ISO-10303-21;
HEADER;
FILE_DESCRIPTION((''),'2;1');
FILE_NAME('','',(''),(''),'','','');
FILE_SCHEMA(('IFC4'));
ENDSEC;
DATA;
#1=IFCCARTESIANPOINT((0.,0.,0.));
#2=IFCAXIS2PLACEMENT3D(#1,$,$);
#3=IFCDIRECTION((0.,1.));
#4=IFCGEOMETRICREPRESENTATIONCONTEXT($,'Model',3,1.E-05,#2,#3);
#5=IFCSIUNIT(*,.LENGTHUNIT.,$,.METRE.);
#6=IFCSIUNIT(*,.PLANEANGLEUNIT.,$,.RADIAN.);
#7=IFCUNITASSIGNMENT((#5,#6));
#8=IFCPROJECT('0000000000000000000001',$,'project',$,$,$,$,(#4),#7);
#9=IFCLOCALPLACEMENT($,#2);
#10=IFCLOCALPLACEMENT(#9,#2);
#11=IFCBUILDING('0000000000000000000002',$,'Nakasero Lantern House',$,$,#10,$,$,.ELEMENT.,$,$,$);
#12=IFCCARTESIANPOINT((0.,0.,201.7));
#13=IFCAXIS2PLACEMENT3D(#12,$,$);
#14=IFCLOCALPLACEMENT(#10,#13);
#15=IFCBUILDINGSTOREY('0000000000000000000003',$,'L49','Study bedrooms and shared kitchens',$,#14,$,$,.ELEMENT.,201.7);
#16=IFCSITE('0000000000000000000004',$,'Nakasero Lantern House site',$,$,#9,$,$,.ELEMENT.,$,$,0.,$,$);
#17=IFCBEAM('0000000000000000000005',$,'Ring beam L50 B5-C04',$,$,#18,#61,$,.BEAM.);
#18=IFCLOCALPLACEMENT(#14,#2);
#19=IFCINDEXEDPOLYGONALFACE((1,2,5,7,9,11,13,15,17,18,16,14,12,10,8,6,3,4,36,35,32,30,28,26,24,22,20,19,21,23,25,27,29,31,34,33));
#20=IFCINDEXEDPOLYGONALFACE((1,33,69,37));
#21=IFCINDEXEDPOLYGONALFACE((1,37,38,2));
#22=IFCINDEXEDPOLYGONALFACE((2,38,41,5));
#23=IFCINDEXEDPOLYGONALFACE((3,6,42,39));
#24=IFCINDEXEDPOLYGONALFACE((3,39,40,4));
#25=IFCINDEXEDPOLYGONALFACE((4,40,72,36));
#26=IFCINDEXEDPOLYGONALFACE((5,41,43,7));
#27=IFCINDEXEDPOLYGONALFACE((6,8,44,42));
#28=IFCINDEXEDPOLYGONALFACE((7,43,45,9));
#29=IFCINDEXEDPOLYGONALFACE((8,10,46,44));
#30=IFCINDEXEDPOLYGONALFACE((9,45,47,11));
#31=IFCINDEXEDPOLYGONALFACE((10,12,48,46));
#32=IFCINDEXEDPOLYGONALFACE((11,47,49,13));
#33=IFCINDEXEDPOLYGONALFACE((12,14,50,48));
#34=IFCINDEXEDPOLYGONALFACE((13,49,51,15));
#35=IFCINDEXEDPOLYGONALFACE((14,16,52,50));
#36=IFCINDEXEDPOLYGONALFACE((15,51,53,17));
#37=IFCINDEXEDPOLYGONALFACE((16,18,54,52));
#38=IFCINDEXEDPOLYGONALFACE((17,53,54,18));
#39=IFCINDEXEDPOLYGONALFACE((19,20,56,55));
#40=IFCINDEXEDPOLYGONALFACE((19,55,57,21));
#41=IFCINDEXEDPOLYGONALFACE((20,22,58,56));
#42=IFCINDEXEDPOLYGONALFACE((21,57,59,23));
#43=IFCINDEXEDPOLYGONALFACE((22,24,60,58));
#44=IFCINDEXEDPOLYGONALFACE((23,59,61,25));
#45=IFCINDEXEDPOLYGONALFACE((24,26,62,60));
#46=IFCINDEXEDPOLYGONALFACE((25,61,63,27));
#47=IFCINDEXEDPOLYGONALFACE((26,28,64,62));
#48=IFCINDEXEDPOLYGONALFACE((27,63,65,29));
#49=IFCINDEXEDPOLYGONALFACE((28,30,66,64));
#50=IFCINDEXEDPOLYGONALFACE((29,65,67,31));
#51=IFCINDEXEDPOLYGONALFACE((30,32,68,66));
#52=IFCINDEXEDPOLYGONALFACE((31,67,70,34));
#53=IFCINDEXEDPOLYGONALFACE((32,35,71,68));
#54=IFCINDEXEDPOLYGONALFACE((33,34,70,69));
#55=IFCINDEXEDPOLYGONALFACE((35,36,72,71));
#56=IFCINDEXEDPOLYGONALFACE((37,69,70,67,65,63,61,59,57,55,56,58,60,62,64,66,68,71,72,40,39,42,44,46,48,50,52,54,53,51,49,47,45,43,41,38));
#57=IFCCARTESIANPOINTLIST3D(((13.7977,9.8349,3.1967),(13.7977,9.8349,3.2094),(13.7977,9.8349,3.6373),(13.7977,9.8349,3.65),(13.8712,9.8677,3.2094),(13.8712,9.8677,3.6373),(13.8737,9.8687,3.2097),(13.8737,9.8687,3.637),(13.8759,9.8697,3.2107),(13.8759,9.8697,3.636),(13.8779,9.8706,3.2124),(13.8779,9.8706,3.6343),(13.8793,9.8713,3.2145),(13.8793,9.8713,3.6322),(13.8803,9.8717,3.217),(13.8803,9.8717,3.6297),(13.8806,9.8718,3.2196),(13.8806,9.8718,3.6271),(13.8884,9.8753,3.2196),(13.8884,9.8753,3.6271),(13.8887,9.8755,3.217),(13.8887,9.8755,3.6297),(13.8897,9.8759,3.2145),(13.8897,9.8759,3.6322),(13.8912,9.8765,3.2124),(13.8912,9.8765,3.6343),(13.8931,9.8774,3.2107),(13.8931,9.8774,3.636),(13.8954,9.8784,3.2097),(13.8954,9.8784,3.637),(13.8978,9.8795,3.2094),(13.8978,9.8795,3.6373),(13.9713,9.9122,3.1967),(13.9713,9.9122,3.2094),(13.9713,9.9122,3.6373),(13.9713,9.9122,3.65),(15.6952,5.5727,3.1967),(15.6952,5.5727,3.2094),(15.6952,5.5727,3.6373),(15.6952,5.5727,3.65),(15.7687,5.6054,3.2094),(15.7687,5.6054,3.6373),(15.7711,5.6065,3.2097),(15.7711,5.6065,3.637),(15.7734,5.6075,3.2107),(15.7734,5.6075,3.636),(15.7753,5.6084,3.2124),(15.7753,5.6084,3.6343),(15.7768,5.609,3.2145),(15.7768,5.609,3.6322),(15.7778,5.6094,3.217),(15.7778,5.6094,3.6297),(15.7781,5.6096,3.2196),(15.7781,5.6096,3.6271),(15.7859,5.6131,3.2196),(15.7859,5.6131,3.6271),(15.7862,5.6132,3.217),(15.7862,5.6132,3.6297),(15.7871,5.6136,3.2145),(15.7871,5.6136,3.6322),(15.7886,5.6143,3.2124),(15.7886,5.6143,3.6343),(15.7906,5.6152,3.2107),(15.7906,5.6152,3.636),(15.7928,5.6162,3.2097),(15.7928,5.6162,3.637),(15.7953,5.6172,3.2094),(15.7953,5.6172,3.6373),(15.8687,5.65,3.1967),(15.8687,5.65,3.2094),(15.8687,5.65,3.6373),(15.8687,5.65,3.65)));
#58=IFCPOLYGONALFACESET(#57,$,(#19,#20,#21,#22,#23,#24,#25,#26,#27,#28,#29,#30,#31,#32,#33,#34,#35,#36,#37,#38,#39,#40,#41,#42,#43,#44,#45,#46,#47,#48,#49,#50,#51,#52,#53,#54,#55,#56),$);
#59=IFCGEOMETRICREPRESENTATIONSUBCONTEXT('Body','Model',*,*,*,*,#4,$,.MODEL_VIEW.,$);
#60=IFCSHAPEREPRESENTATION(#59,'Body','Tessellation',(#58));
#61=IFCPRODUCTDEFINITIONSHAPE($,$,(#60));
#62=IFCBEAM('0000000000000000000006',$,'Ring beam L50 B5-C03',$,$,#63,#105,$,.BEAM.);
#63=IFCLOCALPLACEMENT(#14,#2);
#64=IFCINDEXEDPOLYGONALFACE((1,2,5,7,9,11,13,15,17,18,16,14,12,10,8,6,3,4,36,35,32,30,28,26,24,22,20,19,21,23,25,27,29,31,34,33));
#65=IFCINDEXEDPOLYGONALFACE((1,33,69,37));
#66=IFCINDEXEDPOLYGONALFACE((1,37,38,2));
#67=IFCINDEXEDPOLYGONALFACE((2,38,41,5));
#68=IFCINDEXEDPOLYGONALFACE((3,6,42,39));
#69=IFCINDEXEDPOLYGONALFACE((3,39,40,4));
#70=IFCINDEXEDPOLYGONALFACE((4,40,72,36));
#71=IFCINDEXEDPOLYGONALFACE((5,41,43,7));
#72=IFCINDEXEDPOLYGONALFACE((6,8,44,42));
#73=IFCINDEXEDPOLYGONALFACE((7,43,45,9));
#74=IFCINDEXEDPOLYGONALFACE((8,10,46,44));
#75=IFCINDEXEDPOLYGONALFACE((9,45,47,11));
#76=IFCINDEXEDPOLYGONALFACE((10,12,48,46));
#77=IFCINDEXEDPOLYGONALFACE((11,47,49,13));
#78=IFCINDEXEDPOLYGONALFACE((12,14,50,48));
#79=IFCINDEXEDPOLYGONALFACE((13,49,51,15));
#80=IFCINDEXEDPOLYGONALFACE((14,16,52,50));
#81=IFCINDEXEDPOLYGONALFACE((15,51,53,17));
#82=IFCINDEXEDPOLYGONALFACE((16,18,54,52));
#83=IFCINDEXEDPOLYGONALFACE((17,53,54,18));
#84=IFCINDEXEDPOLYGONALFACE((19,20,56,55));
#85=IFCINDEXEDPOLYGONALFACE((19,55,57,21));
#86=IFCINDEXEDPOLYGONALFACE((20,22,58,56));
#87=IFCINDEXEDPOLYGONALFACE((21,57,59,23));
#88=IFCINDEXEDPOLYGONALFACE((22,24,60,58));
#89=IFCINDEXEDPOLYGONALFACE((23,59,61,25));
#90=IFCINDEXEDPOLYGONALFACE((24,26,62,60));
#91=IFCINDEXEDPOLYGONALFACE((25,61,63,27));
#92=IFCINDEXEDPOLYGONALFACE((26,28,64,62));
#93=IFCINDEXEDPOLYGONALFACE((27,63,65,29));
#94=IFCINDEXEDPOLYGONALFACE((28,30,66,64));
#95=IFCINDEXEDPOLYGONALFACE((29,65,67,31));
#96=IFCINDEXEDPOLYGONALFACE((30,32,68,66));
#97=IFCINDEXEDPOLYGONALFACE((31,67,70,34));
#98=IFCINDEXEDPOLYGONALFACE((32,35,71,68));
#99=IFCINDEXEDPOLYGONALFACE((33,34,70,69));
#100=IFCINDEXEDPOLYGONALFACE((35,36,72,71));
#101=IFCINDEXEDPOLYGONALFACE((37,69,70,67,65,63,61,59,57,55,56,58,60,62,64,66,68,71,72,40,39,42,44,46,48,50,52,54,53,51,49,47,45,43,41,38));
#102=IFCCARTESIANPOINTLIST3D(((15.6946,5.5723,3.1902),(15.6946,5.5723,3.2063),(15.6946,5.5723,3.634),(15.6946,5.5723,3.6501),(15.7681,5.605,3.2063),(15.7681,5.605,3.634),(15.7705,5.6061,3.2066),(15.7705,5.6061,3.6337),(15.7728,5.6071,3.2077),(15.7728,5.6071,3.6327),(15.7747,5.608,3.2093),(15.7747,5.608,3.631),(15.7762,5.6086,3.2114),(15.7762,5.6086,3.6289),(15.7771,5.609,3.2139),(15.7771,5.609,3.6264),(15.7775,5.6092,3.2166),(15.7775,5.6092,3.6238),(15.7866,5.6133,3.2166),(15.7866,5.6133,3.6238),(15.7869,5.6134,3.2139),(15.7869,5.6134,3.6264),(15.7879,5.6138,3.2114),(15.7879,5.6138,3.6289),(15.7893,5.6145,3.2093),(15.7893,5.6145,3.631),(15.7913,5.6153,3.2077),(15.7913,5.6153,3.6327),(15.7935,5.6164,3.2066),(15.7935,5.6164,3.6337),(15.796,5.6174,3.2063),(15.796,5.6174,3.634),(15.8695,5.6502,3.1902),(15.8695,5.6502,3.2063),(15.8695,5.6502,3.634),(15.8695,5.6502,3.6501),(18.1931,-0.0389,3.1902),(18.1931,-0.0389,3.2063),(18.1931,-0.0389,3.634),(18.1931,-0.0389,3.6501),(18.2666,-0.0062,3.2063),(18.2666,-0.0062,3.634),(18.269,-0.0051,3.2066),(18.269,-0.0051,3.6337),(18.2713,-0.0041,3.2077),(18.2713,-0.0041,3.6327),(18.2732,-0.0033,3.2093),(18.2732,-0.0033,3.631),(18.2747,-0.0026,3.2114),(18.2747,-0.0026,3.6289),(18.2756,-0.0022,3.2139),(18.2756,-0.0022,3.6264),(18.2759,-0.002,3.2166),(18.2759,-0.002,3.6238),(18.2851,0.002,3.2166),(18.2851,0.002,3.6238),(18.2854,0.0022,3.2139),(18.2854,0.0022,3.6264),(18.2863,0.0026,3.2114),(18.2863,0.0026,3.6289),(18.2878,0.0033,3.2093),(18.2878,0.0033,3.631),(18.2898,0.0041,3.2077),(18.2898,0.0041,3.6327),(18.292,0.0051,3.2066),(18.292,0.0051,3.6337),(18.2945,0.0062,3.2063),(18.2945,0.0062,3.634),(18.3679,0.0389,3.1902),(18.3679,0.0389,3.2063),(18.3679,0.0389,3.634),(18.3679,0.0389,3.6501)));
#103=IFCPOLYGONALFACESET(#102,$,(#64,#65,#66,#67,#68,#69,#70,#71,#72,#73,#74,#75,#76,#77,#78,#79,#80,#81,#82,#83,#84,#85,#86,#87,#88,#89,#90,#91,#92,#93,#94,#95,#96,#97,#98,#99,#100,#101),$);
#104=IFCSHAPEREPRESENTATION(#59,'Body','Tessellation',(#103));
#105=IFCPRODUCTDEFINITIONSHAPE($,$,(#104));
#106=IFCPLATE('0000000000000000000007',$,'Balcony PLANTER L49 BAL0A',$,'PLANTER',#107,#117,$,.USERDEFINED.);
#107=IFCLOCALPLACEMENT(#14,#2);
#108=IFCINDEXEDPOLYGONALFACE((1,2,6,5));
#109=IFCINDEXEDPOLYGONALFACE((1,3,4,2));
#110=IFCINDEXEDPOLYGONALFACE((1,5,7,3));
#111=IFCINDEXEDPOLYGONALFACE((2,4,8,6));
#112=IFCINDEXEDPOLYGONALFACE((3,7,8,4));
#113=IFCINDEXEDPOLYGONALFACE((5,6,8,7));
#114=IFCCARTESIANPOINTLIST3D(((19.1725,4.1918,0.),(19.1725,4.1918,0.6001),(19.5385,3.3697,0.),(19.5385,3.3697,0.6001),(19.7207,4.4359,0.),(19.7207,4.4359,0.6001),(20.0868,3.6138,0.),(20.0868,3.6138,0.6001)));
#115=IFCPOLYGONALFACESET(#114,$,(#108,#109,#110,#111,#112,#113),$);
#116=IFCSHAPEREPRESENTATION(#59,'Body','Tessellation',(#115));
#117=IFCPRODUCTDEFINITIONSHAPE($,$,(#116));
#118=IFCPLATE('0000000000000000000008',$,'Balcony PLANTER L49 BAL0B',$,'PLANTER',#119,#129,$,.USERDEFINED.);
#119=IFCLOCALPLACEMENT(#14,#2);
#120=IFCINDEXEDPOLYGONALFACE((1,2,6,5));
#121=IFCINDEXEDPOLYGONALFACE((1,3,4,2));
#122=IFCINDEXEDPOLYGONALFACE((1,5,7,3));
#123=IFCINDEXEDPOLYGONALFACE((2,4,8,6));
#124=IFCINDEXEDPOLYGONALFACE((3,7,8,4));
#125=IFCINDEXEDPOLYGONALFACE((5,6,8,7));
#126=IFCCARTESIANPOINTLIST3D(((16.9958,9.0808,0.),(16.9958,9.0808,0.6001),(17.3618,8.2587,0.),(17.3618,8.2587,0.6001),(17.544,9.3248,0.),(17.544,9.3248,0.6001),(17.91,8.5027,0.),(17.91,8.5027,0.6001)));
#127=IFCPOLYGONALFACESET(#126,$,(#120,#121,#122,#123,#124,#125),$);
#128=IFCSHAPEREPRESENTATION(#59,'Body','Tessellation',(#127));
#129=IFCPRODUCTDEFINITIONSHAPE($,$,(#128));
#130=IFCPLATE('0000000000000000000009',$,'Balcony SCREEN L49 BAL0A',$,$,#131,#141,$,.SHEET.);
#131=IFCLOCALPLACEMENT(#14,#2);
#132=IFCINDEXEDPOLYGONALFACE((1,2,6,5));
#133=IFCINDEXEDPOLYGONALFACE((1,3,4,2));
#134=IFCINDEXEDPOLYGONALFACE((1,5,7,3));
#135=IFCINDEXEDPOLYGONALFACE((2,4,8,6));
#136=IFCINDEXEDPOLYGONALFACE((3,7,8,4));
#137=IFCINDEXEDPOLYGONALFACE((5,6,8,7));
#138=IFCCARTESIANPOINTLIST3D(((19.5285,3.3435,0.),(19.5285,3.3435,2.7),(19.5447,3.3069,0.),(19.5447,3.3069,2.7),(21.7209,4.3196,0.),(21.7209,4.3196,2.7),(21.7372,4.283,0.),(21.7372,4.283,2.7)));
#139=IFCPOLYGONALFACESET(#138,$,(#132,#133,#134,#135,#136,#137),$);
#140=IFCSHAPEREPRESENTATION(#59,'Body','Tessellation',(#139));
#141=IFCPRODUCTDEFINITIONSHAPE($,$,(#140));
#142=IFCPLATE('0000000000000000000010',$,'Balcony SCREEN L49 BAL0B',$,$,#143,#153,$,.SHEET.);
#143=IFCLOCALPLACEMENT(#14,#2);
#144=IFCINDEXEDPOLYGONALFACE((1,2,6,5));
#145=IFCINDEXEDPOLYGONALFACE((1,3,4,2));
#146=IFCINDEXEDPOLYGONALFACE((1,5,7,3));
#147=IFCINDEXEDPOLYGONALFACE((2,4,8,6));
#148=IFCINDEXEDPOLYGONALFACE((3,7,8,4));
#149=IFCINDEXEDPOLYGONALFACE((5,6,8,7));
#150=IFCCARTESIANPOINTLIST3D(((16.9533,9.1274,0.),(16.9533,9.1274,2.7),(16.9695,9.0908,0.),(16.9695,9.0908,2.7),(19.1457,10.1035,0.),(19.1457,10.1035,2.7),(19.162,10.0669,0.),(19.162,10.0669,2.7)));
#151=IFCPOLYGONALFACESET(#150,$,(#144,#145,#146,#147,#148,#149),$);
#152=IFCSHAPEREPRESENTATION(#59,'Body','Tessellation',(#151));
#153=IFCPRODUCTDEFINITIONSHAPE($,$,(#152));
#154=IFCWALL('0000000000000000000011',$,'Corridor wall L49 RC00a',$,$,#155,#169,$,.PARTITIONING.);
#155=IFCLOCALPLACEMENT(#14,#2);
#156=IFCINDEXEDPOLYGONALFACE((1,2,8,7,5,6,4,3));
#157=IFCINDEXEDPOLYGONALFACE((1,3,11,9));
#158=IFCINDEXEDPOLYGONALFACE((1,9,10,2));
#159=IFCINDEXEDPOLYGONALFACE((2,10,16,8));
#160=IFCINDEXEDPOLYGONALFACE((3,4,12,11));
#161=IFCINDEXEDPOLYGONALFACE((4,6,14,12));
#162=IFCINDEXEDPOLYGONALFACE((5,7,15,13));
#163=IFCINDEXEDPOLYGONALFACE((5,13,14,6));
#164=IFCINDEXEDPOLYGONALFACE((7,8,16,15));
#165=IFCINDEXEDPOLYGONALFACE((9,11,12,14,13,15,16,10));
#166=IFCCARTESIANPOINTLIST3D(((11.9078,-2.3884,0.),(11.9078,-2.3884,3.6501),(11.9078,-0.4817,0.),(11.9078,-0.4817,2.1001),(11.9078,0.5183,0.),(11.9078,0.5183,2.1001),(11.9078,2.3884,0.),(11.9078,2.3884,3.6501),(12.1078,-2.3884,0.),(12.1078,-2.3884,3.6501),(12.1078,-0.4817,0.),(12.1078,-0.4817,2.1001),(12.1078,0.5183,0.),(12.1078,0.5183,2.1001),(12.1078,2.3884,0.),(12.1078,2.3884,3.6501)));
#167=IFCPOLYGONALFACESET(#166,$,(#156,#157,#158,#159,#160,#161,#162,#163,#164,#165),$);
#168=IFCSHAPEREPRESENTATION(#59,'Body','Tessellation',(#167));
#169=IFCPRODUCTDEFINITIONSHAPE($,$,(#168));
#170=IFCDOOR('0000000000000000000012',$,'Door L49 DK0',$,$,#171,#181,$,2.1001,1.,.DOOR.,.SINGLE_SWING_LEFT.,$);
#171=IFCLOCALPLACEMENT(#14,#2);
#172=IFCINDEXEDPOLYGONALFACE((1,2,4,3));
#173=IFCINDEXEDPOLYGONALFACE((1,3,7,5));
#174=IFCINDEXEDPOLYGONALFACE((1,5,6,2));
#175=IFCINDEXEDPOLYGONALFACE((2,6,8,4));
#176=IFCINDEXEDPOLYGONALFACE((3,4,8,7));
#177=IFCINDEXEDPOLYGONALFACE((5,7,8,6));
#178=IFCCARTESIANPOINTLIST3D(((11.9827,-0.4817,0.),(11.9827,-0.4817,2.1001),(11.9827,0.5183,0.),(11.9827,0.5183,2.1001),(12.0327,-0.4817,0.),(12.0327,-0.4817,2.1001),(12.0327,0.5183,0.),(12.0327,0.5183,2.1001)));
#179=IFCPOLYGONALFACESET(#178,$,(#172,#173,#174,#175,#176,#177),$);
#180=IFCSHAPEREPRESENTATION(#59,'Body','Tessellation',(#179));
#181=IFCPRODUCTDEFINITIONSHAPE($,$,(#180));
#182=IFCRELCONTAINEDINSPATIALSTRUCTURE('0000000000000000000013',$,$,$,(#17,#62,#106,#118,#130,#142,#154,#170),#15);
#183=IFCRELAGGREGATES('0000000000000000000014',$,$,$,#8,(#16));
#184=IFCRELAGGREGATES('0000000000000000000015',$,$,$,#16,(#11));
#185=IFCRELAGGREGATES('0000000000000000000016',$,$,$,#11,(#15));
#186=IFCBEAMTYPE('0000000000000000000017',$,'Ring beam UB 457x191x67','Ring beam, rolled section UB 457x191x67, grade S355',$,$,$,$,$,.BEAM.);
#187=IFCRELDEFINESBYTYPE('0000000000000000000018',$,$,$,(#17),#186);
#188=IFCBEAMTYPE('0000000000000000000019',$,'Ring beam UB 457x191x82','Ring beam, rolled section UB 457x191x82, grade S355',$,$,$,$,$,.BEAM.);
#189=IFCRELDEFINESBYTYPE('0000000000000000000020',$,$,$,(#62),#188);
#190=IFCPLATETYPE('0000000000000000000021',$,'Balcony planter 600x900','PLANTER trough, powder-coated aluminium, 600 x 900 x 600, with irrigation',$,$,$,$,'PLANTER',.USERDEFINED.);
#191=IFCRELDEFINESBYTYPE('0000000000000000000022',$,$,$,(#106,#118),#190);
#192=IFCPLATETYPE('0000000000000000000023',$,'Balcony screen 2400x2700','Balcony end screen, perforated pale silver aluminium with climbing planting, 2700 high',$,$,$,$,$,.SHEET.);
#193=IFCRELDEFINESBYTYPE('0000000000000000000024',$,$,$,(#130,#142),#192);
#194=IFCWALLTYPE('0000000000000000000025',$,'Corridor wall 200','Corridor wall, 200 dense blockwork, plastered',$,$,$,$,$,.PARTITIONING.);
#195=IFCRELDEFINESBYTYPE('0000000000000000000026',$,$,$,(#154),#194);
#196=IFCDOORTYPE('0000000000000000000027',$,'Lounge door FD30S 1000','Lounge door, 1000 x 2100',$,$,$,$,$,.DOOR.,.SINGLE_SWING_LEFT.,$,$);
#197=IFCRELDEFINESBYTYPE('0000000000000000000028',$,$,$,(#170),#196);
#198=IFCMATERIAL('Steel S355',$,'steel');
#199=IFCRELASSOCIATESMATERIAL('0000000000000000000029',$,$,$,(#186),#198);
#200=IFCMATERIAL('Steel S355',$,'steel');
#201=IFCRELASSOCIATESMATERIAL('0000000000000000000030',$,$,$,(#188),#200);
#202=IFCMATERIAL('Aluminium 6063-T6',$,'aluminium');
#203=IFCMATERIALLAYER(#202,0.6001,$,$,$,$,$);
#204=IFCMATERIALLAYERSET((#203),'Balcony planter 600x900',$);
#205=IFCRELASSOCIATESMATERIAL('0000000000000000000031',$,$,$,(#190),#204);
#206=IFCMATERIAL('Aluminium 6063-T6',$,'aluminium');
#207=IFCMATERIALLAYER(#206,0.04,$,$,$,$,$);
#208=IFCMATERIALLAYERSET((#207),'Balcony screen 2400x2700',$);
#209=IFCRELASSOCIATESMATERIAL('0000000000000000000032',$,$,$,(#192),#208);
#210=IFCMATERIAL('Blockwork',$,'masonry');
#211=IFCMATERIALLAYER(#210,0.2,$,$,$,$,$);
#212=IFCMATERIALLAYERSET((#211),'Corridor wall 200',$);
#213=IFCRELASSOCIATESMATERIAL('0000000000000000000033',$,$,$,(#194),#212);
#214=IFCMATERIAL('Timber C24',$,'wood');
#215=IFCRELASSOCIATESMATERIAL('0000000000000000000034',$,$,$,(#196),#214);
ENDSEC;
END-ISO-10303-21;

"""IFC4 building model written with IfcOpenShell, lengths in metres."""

from ifc_helpers import new_model, si_unit, direction, frame, frame_2d, origin, origin_2d, place, context, subcontext, project, spatial, rectangle, i_section, extrude, material, layer, layer_set, material_profile, profile_set, type_object, element, fill, save


model = new_model("IFC4")

# Units and contexts
model_context = context("Model", 3, precision=1e-05, world=origin(), true_north=direction((0.0, 1.0)))
body_context = subcontext(model_context, "Body", "Model", "MODEL_VIEW")
ifc_project = project(units=[si_unit("LENGTHUNIT", "METRE"), si_unit("PLANEANGLEUNIT", "RADIAN")], contexts=[model_context])

# Site, building, storey
site_placement = place(None, origin())
site = spatial("IfcSite", under=ifc_project, at=site_placement, Name="Nakasero Lantern House site", CompositionType="ELEMENT", RefElevation=0.0)
building_placement = place(site_placement, origin())
building = spatial("IfcBuilding", under=site, at=building_placement, Name="Nakasero Lantern House", CompositionType="ELEMENT")
storey_placement = place(building_placement, frame((0.0, 0.0, 201.7)))
storey = spatial("IfcBuildingStorey", under=building, at=storey_placement, Name="L49", Description="Study bedrooms and shared kitchens", CompositionType="ELEMENT", Elevation=201.7)

# Beams
ifc_material_1 = material(Name="Steel S355", Category="steel")
ifc_material_profile_1 = material_profile(ifc_material_1, i_section(OverallWidth=0.1899, OverallDepth=0.4534, WebThickness=0.0085, FlangeThickness=0.0127, FilletRadius=0.0103, at=origin_2d()), Name="UB 457x191x67")
ifc_profile_set_1 = profile_set([ifc_material_profile_1], Name="Steel S355")
beam_type_1 = type_object("IfcBeamType", Name="Ring beam UB 457x191x67", Description="Ring beam, rolled section UB 457x191x67, grade S355", PredefinedType="BEAM", material=ifc_profile_set_1)
beam_1_placement = place(storey_placement, frame((15.782, 5.6113, 3.4233), z_axis=(-0.406702, 0.913561, 0.0), x_axis=(-0.913561, -0.406702, 0.0)))
element("IfcBeam", 1, at=beam_1_placement, inside=storey, type_object=beam_type_1, Name="Ring beam L50 B5-C04", PredefinedType="BEAM", context=body_context, shape_type="SweptSolid", body=[
    extrude(i_section(OverallWidth=0.1899, OverallDepth=0.4534, WebThickness=0.0085, FlangeThickness=0.0127, FilletRadius=0.0103, at=origin_2d()), origin(), (0.0, 0.0, 1.0), 4.6655),
])
ifc_material_2 = material(Name="Steel S355", Category="steel")
ifc_material_profile_2 = material_profile(ifc_material_2, i_section(OverallWidth=0.1914, OverallDepth=0.46, WebThickness=0.01, FlangeThickness=0.0161, FilletRadius=0.0103, at=origin_2d()), Name="UB 457x191x82")
ifc_profile_set_2 = profile_set([ifc_material_profile_2], Name="Steel S355")
beam_type_2 = type_object("IfcBeamType", Name="Ring beam UB 457x191x82", Description="Ring beam, rolled section UB 457x191x82, grade S355", PredefinedType="BEAM", material=ifc_profile_set_2)
beam_2_placement = place(storey_placement, frame((18.2805, 0.0, 3.4202), z_axis=(-0.406765, 0.913533, 0.0), x_axis=(-0.913533, -0.406765, 0.0)))
element("IfcBeam", 2, at=beam_2_placement, inside=storey, type_object=beam_type_2, Name="Ring beam L50 B5-C03", PredefinedType="BEAM", context=body_context, shape_type="SweptSolid", body=[
    extrude(i_section(OverallWidth=0.1914, OverallDepth=0.46, WebThickness=0.01, FlangeThickness=0.0161, FilletRadius=0.0103, at=origin_2d()), origin(), (0.0, 0.0, 1.0), 6.1423),
])

# Plates
ifc_material_3 = material(Name="Aluminium 6063-T6", Category="aluminium")
ifc_layer_1 = layer(ifc_material_3, 0.6001)
ifc_layer_set_1 = layer_set([ifc_layer_1], Name="Balcony planter 600x900")
plate_type_1 = type_object("IfcPlateType", Name="Balcony planter 600x900", Description="PLANTER trough, powder-coated aluminium, 600 x 900 x 600, with irrigation", ElementType="PLANTER", PredefinedType="USERDEFINED", material=ifc_layer_set_1)
for number, where, z_axis, x_axis, name in (
    (3, (19.6296, 3.9028, 0.0), (0.0, 0.0, 1.0), (0.913545, 0.406737, 0.0), "Balcony PLANTER L49 BAL0A"),
    (4, (17.4529, 8.7917, 0.0), (0.0, 0.0, 1.0), (0.913545, 0.406737, 0.0), "Balcony PLANTER L49 BAL0B"),
):
    element("IfcPlate", number, at=place(storey_placement, frame(where, z_axis=z_axis, x_axis=x_axis)), inside=storey, type_object=plate_type_1, Name=name, ObjectType="PLANTER", PredefinedType="USERDEFINED", context=body_context, shape_type="SweptSolid", body=[
        extrude(rectangle(XDim=0.6001, YDim=0.8999, at=origin_2d()), origin(), (0.0, 0.0, 1.0), 0.6001),
    ])
ifc_material_4 = material(Name="Aluminium 6063-T6", Category="aluminium")
ifc_layer_2 = layer(ifc_material_4, 0.04)
ifc_layer_set_2 = layer_set([ifc_layer_2], Name="Balcony screen 2400x2700")
plate_type_2 = type_object("IfcPlateType", Name="Balcony screen 2400x2700", Description="Balcony end screen, perforated pale silver aluminium with climbing planting, 2700 high", PredefinedType="SHEET", material=ifc_layer_set_2)
for number, where, z_axis, x_axis, name in (
    (5, (20.6328, 3.8132, 0.0), (0.0, 0.0, 1.0), (0.913545, 0.406737, 0.0), "Balcony SCREEN L49 BAL0A"),
    (6, (18.0576, 9.5972, 0.0), (0.0, 0.0, 1.0), (0.913545, 0.406737, 0.0), "Balcony SCREEN L49 BAL0B"),
):
    element("IfcPlate", number, at=place(storey_placement, frame(where, z_axis=z_axis, x_axis=x_axis)), inside=storey, type_object=plate_type_2, Name=name, PredefinedType="SHEET", context=body_context, shape_type="SweptSolid", body=[
        extrude(rectangle(XDim=2.3999, YDim=0.04, at=origin_2d()), origin(), (0.0, 0.0, 1.0), 2.7),
    ])

# Wall, opening, door
ifc_material_5 = material(Name="Blockwork", Category="masonry")
ifc_layer_3 = layer(ifc_material_5, 0.2)
ifc_layer_set_3 = layer_set([ifc_layer_3], Name="Corridor wall 200")
wall_type_1 = type_object("IfcWallType", Name="Corridor wall 200", Description="Corridor wall, 200 dense blockwork, plastered", PredefinedType="PARTITIONING", material=ifc_layer_set_3)
wall_1_placement = place(storey_placement, frame((12.0078, 2.3884, 0.0), z_axis=(0.0, 0.0, 1.0), x_axis=(0.0, -1.0, 0.0)))
wall_1 = element("IfcWall", 7, at=wall_1_placement, inside=storey, type_object=wall_type_1, Name="Corridor wall L49 RC00a", PredefinedType="PARTITIONING", context=body_context, shape_type="SweptSolid", body=[
    extrude(rectangle(XDim=4.7769, YDim=0.2, at=frame_2d((2.3884, 0.0))), origin(), (0.0, 0.0, 1.0), 3.6501),
])
opening_1_placement = place(wall_1_placement, frame((1.8701, 0.0, 0.0)))
opening_1 = element("IfcOpeningElement", 8, at=opening_1_placement, cuts=wall_1, PredefinedType="OPENING", context=body_context, shape_type="SweptSolid", body=[
    extrude(rectangle(XDim=1.0, YDim=2.1001, at=frame_2d((0.5, 1.05))), frame((0.0, 0.1199, 0.0), z_axis=(0.0, -1.0, 0.0), x_axis=(1.0, 0.0, 0.0)), (0.0, 0.0, 1.0), 0.24),
])
ifc_material_6 = material(Name="Timber C24", Category="wood")
door_type_1 = type_object("IfcDoorType", Name="Lounge door FD30S 1000", Description="Lounge door, 1000 x 2100", OperationType="SINGLE_SWING_LEFT", PredefinedType="DOOR", material=ifc_material_6)
door_1_placement = place(opening_1_placement, origin())
door_1 = element("IfcDoor", 9, at=door_1_placement, inside=storey, type_object=door_type_1, Name="Door L49 DK0", OperationType="SINGLE_SWING_LEFT", OverallHeight=2.1001, OverallWidth=1.0, PredefinedType="DOOR", context=body_context, shape_type="SweptSolid", body=[
    extrude(rectangle(XDim=1.0, YDim=2.1001, at=frame_2d((0.5, 1.05))), frame((0.0, 0.0249, 0.0), z_axis=(0.0, -1.0, 0.0), x_axis=(1.0, 0.0, 0.0)), (0.0, 0.0, 1.0), 0.05),
])
fill(opening_1, door_1)

save(model, "model.ifc")
